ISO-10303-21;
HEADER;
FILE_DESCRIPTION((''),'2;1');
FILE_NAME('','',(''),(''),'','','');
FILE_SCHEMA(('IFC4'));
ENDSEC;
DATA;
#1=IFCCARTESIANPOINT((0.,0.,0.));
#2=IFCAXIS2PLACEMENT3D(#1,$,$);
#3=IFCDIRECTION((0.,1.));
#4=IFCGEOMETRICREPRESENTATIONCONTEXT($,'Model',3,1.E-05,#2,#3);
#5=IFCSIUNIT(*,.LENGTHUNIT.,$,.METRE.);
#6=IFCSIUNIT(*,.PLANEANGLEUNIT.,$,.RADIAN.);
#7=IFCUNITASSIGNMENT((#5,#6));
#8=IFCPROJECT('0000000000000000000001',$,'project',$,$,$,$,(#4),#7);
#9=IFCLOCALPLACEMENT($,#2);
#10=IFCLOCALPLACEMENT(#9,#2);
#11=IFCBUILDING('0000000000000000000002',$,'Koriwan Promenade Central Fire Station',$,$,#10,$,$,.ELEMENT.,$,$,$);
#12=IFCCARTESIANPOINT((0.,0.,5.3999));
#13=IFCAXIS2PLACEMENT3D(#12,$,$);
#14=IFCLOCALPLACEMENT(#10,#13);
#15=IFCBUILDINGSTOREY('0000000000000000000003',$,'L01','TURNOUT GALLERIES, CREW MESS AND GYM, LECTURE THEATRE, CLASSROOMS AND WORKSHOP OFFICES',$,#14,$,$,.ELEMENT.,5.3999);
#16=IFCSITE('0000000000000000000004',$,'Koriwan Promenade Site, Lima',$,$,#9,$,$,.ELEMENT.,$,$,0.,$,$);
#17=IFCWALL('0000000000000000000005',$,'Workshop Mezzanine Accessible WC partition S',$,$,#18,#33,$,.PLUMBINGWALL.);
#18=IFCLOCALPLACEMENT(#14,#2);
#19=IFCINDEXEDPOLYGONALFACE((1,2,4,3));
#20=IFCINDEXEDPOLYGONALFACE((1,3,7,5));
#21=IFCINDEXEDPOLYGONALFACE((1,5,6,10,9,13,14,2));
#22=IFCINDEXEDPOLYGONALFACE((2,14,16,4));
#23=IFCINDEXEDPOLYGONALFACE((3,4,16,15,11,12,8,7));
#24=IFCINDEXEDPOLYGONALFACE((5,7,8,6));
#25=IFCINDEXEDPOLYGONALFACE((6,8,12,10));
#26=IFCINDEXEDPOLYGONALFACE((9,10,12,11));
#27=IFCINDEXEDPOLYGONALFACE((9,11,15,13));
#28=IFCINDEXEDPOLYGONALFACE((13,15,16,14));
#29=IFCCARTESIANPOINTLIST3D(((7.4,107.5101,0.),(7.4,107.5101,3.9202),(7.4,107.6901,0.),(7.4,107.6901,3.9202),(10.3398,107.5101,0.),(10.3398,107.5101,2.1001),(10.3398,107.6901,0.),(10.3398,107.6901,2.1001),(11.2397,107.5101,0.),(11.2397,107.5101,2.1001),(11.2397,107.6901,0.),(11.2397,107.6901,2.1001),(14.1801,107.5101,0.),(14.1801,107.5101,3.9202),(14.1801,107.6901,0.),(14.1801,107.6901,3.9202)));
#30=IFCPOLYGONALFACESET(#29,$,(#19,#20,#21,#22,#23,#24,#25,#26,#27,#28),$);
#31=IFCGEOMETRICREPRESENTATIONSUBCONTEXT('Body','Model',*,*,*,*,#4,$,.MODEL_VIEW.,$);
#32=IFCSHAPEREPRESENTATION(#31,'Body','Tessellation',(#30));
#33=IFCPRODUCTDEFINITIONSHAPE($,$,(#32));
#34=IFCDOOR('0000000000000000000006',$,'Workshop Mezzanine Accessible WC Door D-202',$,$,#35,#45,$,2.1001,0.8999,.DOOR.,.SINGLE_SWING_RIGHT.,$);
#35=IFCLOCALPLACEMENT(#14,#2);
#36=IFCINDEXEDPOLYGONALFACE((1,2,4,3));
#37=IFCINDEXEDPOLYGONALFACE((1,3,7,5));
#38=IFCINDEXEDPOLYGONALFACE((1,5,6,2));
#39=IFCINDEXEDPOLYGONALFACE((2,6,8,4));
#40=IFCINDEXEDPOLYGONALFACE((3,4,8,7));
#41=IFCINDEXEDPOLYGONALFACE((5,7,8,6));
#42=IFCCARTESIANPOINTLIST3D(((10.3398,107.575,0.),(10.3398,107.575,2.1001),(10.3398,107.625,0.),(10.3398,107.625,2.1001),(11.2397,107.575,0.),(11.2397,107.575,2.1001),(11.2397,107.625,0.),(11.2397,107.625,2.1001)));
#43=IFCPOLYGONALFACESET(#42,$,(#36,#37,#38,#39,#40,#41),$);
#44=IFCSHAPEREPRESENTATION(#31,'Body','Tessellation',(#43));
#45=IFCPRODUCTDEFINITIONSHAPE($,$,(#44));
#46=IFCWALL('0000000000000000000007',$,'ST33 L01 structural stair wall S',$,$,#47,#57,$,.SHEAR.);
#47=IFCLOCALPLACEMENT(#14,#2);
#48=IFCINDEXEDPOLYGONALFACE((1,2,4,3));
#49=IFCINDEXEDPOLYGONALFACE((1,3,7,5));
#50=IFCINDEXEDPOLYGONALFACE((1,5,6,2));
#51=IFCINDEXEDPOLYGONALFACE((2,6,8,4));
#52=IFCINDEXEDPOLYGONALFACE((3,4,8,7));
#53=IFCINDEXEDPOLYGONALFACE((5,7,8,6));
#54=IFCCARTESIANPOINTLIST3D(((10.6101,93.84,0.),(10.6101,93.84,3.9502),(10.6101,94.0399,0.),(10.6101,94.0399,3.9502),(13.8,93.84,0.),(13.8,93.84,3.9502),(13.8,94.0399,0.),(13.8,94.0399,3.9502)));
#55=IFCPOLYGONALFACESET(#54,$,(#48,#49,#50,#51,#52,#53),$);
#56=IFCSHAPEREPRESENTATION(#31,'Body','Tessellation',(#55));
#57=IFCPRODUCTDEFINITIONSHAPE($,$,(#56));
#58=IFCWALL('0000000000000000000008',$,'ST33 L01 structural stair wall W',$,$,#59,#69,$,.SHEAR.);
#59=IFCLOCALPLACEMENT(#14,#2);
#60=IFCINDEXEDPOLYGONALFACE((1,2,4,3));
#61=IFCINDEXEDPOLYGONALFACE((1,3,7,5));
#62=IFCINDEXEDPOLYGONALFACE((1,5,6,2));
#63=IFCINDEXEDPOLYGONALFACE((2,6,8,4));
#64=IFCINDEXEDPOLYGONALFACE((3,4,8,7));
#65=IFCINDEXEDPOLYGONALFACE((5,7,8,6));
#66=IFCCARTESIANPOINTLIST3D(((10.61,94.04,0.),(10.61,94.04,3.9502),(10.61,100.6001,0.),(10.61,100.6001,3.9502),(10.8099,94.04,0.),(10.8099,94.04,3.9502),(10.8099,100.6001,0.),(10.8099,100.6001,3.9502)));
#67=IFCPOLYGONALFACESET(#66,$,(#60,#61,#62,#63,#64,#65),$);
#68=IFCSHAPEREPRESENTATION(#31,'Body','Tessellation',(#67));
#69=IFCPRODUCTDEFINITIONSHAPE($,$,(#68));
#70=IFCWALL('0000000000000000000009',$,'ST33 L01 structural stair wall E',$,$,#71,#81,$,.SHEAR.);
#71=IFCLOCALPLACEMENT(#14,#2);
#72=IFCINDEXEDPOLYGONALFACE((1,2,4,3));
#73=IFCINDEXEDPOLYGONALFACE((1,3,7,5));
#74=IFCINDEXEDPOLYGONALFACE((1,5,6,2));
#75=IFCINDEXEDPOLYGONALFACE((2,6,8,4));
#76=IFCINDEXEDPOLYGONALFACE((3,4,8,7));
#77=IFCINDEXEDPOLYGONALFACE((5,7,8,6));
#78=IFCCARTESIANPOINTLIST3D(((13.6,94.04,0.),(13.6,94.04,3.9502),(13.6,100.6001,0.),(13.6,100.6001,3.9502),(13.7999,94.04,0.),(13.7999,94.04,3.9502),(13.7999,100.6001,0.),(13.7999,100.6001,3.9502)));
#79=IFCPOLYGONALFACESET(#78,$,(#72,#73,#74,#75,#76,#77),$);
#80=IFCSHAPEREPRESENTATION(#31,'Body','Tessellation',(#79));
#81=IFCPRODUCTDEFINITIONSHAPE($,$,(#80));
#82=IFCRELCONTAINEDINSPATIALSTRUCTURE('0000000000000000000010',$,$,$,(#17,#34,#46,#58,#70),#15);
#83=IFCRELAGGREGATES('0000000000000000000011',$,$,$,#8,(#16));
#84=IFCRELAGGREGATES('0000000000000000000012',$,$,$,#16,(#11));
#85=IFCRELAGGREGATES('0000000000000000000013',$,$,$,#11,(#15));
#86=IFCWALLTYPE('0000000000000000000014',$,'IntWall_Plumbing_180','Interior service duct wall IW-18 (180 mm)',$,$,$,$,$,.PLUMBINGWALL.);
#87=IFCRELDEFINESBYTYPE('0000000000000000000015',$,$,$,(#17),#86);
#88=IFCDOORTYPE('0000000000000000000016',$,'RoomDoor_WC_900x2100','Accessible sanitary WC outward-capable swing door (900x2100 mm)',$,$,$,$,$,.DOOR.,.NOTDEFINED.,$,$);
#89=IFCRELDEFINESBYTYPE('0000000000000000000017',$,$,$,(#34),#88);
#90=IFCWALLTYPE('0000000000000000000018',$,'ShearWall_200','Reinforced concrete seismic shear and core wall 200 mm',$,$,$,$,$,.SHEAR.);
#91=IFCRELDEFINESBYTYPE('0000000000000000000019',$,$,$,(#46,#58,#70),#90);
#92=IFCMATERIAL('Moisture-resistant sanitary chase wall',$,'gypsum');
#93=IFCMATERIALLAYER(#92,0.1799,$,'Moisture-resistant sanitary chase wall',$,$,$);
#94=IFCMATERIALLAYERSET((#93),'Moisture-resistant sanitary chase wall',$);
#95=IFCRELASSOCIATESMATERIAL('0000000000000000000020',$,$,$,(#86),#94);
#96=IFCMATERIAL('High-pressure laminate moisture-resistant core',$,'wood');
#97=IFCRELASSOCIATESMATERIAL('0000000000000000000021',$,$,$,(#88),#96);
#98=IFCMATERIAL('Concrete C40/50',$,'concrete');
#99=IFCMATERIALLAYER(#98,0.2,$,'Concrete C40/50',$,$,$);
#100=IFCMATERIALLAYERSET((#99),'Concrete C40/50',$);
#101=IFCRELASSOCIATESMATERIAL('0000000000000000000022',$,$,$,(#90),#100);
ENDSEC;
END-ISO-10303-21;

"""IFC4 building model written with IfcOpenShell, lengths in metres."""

from ifc_helpers import new_model, si_unit, direction, frame, frame_2d, origin, place, context, subcontext, project, spatial, rectangle, extrude, material, layer, layer_set, type_object, element, fill, save


model = new_model("IFC4")

# Units and contexts
model_context = context("Model", 3, precision=1e-05, world=origin(), true_north=direction((0.0, 1.0)))
body_context = subcontext(model_context, "Body", "Model", "MODEL_VIEW")
ifc_project = project(units=[si_unit("LENGTHUNIT", "METRE"), si_unit("PLANEANGLEUNIT", "RADIAN")], contexts=[model_context])

# Site, building, storey
site_placement = place(None, origin())
site = spatial("IfcSite", under=ifc_project, at=site_placement, Name="Koriwan Promenade Site, Lima", CompositionType="ELEMENT", RefElevation=0.0)
building_placement = place(site_placement, origin())
building = spatial("IfcBuilding", under=site, at=building_placement, Name="Koriwan Promenade Central Fire Station", CompositionType="ELEMENT")
storey_placement = place(building_placement, frame((0.0, 0.0, 5.3999)))
storey = spatial("IfcBuildingStorey", under=building, at=storey_placement, Name="L01", Description="TURNOUT GALLERIES, CREW MESS AND GYM, LECTURE THEATRE, CLASSROOMS AND WORKSHOP OFFICES", CompositionType="ELEMENT", Elevation=5.3999)

# Shared definitions
ifc_material_1 = material(Name="Concrete C40/50", Category="concrete")

# Wall, opening, door
ifc_material_2 = material(Name="Moisture-resistant sanitary chase wall", Category="gypsum")
ifc_layer_1 = layer(ifc_material_2, 0.1799, Name="Moisture-resistant sanitary chase wall")
ifc_layer_set_1 = layer_set([ifc_layer_1], Name="Moisture-resistant sanitary chase wall")
wall_type_1 = type_object("IfcWallType", Name="IntWall_Plumbing_180", Description="Interior service duct wall IW-18 (180 mm)", PredefinedType="PLUMBINGWALL", material=ifc_layer_set_1)
wall_1_placement = place(storey_placement, frame((7.3999, 107.6001, 0.0), z_axis=(0.0, 0.0, 1.0), x_axis=(1.0, 0.0, 0.0)))
wall_1 = element("IfcWall", 1, at=wall_1_placement, inside=storey, type_object=wall_type_1, Name="Workshop Mezzanine Accessible WC partition S", PredefinedType="PLUMBINGWALL", context=body_context, shape_type="SweptSolid", body=[
    extrude(rectangle(XDim=6.78, YDim=0.1799, at=frame_2d((3.3901, 0.0))), origin(), (0.0, 0.0, 1.0), 3.9202),
])
opening_1_placement = place(wall_1_placement, frame((2.9399, 0.0, 0.0)))
opening_1 = element("IfcOpeningElement", 2, at=opening_1_placement, cuts=wall_1, PredefinedType="OPENING", context=body_context, shape_type="SweptSolid", body=[
    extrude(rectangle(XDim=0.8999, YDim=2.1001, at=frame_2d((0.45, 1.05))), frame((0.0, 0.1021, 0.0), z_axis=(0.0, -1.0, 0.0), x_axis=(1.0, 0.0, 0.0)), (0.0, 0.0, 1.0), 0.2039),
])
ifc_material_3 = material(Name="High-pressure laminate moisture-resistant core", Category="wood")
door_type_1 = type_object("IfcDoorType", Name="RoomDoor_WC_900x2100", Description="Accessible sanitary WC outward-capable swing door (900x2100 mm)", OperationType="NOTDEFINED", PredefinedType="DOOR", material=ifc_material_3)
door_1_placement = place(opening_1_placement, origin())
door_1 = element("IfcDoor", 3, at=door_1_placement, inside=storey, type_object=door_type_1, Name="Workshop Mezzanine Accessible WC Door D-202", OperationType="SINGLE_SWING_RIGHT", OverallHeight=2.1001, OverallWidth=0.8999, PredefinedType="DOOR", context=body_context, shape_type="SweptSolid", body=[
    extrude(rectangle(XDim=0.8999, YDim=2.1001, at=frame_2d((0.45, 1.05))), frame((0.0, 0.0249, 0.0), z_axis=(0.0, -1.0, 0.0), x_axis=(1.0, 0.0, 0.0)), (0.0, 0.0, 1.0), 0.05),
])
fill(opening_1, door_1)

# Wall
ifc_layer_2 = layer(ifc_material_1, 0.2, Name="Concrete C40/50")
ifc_layer_set_2 = layer_set([ifc_layer_2], Name="Concrete C40/50")
wall_type_2 = type_object("IfcWallType", Name="ShearWall_200", Description="Reinforced concrete seismic shear and core wall 200 mm", PredefinedType="SHEAR", material=ifc_layer_set_2)
wall_2_placement = place(storey_placement, frame((10.6101, 93.9399, 0.0), z_axis=(0.0, 0.0, 1.0), x_axis=(1.0, 0.0, 0.0)))
element("IfcWall", 4, at=wall_2_placement, inside=storey, type_object=wall_type_2, Name="ST33 L01 structural stair wall S", PredefinedType="SHEAR", context=body_context, shape_type="SweptSolid", body=[
    extrude(rectangle(XDim=3.1899, YDim=0.2, at=frame_2d((1.595, 0.0))), origin(), (0.0, 0.0, 1.0), 3.9502),
])

# Walls
for number, where, z_axis, x_axis, name in (
    (5, (10.71, 94.04, 0.0), (0.0, 0.0, 1.0), (0.0, 1.0, 0.0), "ST33 L01 structural stair wall W"),
    (6, (13.7, 94.04, 0.0), (0.0, 0.0, 1.0), (0.0, 1.0, 0.0), "ST33 L01 structural stair wall E"),
):
    element("IfcWall", number, at=place(storey_placement, frame(where, z_axis=z_axis, x_axis=x_axis)), inside=storey, type_object=wall_type_2, Name=name, PredefinedType="SHEAR", context=body_context, shape_type="SweptSolid", body=[
        extrude(rectangle(XDim=6.5601, YDim=0.2, at=frame_2d((3.28, 0.0))), origin(), (0.0, 0.0, 1.0), 3.9502),
    ])

save(model, "model.ifc")
